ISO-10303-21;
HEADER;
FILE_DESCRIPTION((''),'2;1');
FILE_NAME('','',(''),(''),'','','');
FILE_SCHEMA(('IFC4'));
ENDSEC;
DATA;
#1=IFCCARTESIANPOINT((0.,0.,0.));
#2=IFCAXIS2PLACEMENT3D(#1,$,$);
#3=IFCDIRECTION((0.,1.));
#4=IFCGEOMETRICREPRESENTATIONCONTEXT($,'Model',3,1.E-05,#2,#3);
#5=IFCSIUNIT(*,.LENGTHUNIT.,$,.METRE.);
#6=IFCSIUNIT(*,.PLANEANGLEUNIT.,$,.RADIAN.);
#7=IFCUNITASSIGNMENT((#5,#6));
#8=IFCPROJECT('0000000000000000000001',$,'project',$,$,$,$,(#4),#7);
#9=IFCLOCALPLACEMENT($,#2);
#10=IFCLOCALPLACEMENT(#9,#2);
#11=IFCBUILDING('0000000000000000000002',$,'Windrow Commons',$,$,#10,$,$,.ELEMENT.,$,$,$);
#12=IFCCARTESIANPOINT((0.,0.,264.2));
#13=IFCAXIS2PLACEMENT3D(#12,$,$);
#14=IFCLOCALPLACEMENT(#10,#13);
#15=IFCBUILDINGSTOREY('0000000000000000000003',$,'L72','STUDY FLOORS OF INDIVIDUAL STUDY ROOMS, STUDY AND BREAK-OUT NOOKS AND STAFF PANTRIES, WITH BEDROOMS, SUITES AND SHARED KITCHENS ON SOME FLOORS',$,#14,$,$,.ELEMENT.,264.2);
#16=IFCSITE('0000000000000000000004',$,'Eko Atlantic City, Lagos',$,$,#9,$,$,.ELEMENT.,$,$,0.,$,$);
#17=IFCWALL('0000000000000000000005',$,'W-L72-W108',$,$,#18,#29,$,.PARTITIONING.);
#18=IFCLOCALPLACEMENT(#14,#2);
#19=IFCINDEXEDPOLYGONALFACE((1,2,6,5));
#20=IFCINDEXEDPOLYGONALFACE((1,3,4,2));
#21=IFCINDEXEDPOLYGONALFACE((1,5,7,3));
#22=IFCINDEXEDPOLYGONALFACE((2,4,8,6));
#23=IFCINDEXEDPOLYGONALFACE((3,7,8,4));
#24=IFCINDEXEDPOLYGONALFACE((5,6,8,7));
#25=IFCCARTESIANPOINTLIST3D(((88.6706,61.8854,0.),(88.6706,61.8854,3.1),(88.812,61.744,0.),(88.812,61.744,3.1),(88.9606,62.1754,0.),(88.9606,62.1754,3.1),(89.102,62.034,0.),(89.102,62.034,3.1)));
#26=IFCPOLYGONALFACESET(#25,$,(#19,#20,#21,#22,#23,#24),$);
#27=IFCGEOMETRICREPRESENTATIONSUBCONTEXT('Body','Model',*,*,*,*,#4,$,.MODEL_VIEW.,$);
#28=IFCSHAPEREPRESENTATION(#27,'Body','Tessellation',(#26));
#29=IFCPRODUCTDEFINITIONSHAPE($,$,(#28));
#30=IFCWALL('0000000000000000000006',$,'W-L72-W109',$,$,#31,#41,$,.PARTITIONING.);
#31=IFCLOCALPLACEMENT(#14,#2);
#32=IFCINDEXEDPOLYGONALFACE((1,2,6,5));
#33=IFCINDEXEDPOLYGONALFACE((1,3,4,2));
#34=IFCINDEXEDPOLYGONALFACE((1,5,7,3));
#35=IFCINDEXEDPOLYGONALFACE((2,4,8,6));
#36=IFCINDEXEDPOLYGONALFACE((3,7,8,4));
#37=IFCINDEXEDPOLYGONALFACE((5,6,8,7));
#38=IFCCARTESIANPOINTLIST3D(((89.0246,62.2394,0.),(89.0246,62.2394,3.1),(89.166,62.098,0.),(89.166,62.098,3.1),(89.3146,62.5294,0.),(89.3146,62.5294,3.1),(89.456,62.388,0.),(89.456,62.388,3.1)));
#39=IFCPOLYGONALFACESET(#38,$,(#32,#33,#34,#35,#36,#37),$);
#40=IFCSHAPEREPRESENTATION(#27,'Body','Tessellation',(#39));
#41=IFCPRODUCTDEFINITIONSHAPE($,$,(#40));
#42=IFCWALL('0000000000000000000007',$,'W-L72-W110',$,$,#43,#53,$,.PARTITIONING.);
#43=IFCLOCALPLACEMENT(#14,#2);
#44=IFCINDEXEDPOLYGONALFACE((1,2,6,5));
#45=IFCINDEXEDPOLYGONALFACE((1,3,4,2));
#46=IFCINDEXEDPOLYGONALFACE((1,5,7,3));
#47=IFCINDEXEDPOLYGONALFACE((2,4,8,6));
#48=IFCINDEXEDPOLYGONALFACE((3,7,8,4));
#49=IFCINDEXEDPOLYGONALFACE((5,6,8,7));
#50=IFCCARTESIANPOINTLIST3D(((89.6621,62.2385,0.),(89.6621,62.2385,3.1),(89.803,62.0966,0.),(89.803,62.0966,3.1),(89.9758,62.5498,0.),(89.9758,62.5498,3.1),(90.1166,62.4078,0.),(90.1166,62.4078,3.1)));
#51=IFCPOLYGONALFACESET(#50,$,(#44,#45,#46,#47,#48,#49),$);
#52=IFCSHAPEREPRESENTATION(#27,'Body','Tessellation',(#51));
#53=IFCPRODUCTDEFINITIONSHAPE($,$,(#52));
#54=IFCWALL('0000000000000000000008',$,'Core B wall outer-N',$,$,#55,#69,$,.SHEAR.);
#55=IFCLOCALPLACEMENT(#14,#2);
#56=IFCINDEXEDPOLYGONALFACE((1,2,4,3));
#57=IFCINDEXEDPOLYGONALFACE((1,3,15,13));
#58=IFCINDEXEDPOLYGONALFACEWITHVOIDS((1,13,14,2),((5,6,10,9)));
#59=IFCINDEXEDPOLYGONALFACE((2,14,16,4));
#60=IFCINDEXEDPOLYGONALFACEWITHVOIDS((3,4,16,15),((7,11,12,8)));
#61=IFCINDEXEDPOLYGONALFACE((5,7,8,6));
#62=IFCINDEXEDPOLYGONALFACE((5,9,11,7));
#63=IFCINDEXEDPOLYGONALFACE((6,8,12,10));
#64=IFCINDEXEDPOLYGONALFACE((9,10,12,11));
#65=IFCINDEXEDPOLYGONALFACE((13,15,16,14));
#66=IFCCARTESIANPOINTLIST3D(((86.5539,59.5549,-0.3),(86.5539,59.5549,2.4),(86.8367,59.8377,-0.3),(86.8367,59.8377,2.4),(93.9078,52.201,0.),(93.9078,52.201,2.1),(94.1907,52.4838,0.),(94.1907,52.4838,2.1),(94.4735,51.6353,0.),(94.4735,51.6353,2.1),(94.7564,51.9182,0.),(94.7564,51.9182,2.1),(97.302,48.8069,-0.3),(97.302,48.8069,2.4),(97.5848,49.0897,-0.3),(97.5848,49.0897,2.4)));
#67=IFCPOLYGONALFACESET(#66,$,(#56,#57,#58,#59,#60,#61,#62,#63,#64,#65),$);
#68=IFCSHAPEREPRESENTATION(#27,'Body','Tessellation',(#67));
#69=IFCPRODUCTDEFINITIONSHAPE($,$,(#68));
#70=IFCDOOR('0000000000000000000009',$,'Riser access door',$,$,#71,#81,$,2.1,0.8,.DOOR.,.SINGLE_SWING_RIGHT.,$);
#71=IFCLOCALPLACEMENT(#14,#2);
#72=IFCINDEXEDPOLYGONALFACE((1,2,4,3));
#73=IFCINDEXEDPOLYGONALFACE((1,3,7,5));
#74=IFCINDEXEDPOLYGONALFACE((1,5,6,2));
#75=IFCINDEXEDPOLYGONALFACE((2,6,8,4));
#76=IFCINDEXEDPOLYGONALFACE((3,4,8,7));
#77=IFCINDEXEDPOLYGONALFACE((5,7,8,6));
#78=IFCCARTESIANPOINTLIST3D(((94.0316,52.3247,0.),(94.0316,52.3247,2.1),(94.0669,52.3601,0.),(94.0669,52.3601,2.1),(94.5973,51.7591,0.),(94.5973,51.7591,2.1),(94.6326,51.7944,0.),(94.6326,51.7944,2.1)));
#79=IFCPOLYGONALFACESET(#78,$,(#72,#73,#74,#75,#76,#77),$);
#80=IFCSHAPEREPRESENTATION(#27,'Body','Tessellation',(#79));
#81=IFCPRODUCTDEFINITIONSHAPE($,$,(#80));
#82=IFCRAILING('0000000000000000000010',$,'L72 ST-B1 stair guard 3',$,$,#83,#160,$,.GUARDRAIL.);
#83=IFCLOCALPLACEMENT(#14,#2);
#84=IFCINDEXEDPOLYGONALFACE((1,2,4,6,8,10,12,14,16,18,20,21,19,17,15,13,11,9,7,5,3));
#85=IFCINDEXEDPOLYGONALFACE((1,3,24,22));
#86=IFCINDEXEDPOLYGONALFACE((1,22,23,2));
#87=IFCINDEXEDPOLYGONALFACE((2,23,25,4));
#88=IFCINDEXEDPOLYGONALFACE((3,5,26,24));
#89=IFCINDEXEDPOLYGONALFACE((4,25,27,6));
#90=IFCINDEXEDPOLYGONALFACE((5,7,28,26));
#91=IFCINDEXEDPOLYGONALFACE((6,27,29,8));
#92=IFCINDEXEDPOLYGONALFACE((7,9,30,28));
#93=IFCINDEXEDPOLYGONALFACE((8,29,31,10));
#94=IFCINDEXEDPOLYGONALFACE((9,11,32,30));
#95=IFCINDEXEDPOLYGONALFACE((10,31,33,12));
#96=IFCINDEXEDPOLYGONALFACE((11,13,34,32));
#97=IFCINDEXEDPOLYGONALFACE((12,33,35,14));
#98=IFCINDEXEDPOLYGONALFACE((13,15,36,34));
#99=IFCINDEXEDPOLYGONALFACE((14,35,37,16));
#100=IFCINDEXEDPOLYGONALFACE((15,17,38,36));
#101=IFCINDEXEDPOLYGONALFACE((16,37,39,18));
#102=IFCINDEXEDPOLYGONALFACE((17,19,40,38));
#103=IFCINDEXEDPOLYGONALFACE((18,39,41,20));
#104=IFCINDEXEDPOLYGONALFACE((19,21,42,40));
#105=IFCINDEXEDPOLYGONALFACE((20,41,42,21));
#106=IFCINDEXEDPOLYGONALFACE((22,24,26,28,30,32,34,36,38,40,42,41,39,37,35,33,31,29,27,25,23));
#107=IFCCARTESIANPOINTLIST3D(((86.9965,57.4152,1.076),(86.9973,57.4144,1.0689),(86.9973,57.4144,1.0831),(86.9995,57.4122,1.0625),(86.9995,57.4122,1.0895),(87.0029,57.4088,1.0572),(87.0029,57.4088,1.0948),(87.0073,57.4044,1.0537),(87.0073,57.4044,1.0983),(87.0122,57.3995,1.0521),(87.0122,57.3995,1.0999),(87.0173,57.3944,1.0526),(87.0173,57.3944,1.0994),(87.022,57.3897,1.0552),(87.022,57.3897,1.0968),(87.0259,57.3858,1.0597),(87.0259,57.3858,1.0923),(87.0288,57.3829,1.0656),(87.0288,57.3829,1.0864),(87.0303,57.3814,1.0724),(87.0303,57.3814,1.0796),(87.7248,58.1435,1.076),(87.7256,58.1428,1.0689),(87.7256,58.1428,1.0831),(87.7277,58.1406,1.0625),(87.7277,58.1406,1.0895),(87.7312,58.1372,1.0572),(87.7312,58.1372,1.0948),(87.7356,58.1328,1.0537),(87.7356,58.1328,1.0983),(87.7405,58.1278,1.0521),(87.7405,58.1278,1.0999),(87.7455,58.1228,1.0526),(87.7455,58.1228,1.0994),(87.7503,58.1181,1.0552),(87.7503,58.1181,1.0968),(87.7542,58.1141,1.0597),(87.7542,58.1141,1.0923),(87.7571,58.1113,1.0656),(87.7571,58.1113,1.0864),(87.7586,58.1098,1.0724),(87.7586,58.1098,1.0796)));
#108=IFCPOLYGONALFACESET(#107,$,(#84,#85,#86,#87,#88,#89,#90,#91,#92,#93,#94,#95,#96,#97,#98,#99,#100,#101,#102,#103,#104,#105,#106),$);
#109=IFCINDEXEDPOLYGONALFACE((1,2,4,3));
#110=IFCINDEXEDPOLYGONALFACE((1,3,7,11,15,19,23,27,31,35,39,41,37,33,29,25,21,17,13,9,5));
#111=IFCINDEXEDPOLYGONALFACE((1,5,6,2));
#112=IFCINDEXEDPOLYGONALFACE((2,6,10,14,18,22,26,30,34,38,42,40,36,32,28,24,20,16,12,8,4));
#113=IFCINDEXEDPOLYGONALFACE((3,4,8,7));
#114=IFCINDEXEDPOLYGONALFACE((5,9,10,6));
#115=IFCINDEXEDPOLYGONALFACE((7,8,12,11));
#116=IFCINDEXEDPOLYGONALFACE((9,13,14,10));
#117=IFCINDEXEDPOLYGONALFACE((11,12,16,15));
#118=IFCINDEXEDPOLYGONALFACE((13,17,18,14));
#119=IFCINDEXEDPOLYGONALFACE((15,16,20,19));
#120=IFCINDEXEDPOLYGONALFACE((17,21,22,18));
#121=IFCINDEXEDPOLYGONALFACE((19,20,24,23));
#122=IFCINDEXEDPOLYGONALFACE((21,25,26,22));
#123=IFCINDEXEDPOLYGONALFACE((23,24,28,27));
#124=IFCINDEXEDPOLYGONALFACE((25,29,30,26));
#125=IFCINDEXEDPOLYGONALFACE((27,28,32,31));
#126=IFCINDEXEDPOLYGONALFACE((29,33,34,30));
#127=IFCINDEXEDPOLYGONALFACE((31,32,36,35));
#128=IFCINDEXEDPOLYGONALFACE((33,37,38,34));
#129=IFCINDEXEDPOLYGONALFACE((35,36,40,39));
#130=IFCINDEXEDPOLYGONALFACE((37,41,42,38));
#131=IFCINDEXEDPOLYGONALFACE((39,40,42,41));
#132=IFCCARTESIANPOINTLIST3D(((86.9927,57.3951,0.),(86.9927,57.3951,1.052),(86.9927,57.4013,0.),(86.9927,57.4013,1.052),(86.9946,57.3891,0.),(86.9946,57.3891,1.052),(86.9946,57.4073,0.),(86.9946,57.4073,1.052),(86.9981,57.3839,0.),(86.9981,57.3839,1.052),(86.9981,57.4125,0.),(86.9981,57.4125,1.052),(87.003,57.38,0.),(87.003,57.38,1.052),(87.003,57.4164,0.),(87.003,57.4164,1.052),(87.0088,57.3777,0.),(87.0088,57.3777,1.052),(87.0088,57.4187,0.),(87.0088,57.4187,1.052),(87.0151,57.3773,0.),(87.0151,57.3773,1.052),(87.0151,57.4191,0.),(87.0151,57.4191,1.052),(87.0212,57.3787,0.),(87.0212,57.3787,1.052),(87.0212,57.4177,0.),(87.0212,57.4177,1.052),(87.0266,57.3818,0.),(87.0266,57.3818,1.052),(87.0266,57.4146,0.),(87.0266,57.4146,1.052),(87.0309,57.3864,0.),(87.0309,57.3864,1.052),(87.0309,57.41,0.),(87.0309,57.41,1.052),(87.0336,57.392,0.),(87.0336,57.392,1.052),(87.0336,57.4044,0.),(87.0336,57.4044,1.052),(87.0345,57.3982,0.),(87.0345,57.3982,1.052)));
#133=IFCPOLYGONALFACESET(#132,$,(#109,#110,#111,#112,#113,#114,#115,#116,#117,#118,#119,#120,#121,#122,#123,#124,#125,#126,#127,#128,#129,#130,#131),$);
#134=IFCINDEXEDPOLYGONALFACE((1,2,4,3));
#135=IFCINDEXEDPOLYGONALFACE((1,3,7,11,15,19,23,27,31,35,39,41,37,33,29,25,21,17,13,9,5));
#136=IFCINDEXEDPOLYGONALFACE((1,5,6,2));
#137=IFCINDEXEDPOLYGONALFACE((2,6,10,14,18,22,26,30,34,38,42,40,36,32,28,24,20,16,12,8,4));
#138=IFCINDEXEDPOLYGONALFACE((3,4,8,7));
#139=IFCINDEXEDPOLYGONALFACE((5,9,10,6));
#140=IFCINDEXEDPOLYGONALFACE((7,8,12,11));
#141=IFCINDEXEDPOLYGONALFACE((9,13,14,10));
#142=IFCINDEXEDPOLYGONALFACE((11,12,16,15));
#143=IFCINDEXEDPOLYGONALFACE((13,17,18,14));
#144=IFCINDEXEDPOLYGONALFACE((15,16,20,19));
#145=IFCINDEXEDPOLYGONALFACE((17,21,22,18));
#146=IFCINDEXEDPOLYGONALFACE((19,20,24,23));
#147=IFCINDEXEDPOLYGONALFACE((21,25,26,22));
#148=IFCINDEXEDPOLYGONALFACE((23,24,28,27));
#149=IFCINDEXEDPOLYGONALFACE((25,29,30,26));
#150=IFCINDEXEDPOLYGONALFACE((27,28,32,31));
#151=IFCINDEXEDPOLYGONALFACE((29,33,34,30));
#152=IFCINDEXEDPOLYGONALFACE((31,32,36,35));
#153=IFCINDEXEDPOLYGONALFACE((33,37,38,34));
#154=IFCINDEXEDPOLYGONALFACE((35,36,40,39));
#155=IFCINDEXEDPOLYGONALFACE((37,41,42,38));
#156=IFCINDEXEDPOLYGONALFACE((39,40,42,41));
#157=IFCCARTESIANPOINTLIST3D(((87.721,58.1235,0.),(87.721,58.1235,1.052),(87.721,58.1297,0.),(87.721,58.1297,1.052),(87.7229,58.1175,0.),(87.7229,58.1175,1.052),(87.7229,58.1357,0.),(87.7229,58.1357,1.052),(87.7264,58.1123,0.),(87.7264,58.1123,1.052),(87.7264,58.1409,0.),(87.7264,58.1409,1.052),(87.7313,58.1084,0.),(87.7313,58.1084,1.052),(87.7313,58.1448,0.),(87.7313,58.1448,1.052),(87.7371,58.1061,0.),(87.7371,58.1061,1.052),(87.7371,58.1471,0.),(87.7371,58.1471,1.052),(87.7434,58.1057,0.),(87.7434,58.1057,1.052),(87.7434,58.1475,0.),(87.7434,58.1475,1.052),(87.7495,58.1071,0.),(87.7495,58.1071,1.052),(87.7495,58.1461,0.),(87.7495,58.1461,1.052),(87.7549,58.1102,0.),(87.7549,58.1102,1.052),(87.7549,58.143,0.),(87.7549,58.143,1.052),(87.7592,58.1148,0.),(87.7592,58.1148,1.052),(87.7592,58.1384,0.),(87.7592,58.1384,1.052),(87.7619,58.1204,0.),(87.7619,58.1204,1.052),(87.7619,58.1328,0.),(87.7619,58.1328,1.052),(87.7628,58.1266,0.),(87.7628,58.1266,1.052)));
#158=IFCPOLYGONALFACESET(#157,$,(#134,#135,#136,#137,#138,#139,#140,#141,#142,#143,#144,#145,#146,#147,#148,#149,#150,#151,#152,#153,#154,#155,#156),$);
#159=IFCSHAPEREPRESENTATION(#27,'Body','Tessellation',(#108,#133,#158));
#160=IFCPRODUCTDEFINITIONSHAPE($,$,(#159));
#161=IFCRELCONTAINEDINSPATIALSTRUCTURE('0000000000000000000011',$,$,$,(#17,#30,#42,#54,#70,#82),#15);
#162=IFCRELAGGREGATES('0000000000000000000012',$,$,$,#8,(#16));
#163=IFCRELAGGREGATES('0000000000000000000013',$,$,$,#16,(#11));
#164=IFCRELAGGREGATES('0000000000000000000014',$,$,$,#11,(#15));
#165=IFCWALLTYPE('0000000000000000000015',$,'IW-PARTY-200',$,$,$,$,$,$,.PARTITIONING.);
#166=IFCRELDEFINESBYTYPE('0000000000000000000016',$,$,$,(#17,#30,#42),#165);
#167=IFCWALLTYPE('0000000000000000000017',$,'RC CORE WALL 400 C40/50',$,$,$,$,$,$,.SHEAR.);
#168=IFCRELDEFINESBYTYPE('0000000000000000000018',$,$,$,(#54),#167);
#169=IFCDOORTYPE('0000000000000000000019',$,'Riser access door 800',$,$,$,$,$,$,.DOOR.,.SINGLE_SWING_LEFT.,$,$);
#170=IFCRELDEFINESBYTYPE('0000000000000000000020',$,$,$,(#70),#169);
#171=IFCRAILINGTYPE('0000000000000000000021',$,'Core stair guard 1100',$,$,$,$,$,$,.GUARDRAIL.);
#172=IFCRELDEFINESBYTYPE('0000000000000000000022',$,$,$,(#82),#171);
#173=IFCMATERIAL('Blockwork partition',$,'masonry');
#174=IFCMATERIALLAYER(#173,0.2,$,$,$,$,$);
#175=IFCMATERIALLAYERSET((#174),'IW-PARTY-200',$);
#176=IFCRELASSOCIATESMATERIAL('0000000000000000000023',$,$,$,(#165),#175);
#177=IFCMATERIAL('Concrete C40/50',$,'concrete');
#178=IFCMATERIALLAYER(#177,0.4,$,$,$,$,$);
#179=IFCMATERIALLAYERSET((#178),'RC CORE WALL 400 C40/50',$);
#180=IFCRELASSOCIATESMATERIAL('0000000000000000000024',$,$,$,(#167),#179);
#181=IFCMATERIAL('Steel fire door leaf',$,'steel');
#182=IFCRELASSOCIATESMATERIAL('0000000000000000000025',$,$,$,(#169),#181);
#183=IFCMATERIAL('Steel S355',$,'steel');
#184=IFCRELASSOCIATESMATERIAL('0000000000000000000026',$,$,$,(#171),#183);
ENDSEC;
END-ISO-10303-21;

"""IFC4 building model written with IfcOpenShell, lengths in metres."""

from ifc_helpers import new_model, si_unit, direction, frame, frame_2d, origin, origin_2d, place, context, subcontext, project, spatial, rectangle, circle, extrude, material, layer, layer_set, type_object, element, fill, save


model = new_model("IFC4")

# Units and contexts
model_context = context("Model", 3, precision=1e-05, world=origin(), true_north=direction((0.0, 1.0)))
body_context = subcontext(model_context, "Body", "Model", "MODEL_VIEW")
ifc_project = project(units=[si_unit("LENGTHUNIT", "METRE"), si_unit("PLANEANGLEUNIT", "RADIAN")], contexts=[model_context])

# Site, building, storey
site_placement = place(None, origin())
site = spatial("IfcSite", under=ifc_project, at=site_placement, Name="Eko Atlantic City, Lagos", CompositionType="ELEMENT", RefElevation=0.0)
building_placement = place(site_placement, origin())
building = spatial("IfcBuilding", under=site, at=building_placement, Name="Windrow Commons", CompositionType="ELEMENT")
storey_placement = place(building_placement, frame((0.0, 0.0, 264.2)))
storey = spatial("IfcBuildingStorey", under=building, at=storey_placement, Name="L72", Description="STUDY FLOORS OF INDIVIDUAL STUDY ROOMS, STUDY AND BREAK-OUT NOOKS AND STAFF PANTRIES, WITH BEDROOMS, SUITES AND SHARED KITCHENS ON SOME FLOORS", CompositionType="ELEMENT", Elevation=264.2)

# Walls
ifc_material_1 = material(Name="Blockwork partition", Category="masonry")
ifc_layer_1 = layer(ifc_material_1, 0.2)
ifc_layer_set_1 = layer_set([ifc_layer_1], Name="IW-PARTY-200")
wall_type_1 = type_object("IfcWallType", Name="IW-PARTY-200", PredefinedType="PARTITIONING", material=ifc_layer_set_1)
for number, where, z_axis, x_axis, name in (
    (1, (88.7413, 61.8147, 0.0), (0.0, 0.0, 1.0), (0.707107, 0.707107, 0.0), "W-L72-W108"),
    (2, (89.0953, 62.1687, 0.0), (0.0, 0.0, 1.0), (0.707107, 0.707107, 0.0), "W-L72-W109"),
):
    element("IfcWall", number, at=place(storey_placement, frame(where, z_axis=z_axis, x_axis=x_axis)), inside=storey, type_object=wall_type_1, Name=name, PredefinedType="PARTITIONING", context=body_context, shape_type="SweptSolid", body=[
        extrude(rectangle(XDim=0.4101, YDim=0.2, at=frame_2d((0.2051, 0.0))), origin(), (0.0, 0.0, 1.0), 3.1),
    ])
wall_1_placement = place(storey_placement, frame((89.7325, 62.1675, 0.0), z_axis=(0.0, 0.0, 1.0), x_axis=(0.709817, 0.704386, 0.0)))
element("IfcWall", 3, at=wall_1_placement, inside=storey, type_object=wall_type_1, Name="W-L72-W110", PredefinedType="PARTITIONING", context=body_context, shape_type="SweptSolid", body=[
    extrude(rectangle(XDim=0.4419, YDim=0.2, at=frame_2d((0.221, 0.0))), origin(), (0.0, 0.0, 1.0), 3.1),
])

# Wall, opening, door
ifc_material_2 = material(Name="Concrete C40/50", Category="concrete")
ifc_layer_2 = layer(ifc_material_2, 0.4)
ifc_layer_set_2 = layer_set([ifc_layer_2], Name="RC CORE WALL 400 C40/50")
wall_type_2 = type_object("IfcWallType", Name="RC CORE WALL 400 C40/50", PredefinedType="SHEAR", material=ifc_layer_set_2)
wall_2_placement = place(storey_placement, frame((86.6953, 59.6963, -0.3), z_axis=(0.0, 0.0, 1.0), x_axis=(0.70711, -0.707103, 0.0)))
wall_2 = element("IfcWall", 4, at=wall_2_placement, inside=storey, type_object=wall_type_2, Name="Core B wall outer-N", PredefinedType="SHEAR", context=body_context, shape_type="SweptSolid", body=[
    extrude(rectangle(XDim=15.2, YDim=0.4, at=frame_2d((7.6, 0.0))), origin(), (0.0, 0.0, 1.0), 2.7),
])
opening_1_placement = place(wall_2_placement, frame((10.4, 0.0, 0.3)))
opening_1 = element("IfcOpeningElement", 5, at=opening_1_placement, cuts=wall_2, PredefinedType="OPENING", context=body_context, shape_type="SweptSolid", body=[
    extrude(rectangle(XDim=0.8, YDim=2.1, at=frame_2d((0.4, 1.05))), frame((0.0, 0.21, 0.0), z_axis=(0.0, -1.0, 0.0), x_axis=(1.0, 0.0, 0.0)), (0.0, 0.0, 1.0), 0.42),
])
ifc_material_3 = material(Name="Steel fire door leaf", Category="steel")
door_type_1 = type_object("IfcDoorType", Name="Riser access door 800", OperationType="SINGLE_SWING_LEFT", PredefinedType="DOOR", material=ifc_material_3)
door_1_placement = place(opening_1_placement, origin())
door_1 = element("IfcDoor", 6, at=door_1_placement, inside=storey, type_object=door_type_1, Name="Riser access door", OperationType="SINGLE_SWING_RIGHT", OverallHeight=2.1, OverallWidth=0.8, PredefinedType="DOOR", context=body_context, shape_type="SweptSolid", body=[
    extrude(rectangle(XDim=0.8, YDim=2.1, at=frame_2d((0.4, 1.05))), frame((0.0, 0.025, 0.0), z_axis=(0.0, -1.0, 0.0), x_axis=(1.0, 0.0, 0.0)), (0.0, 0.0, 1.0), 0.05),
])
fill(opening_1, door_1)

# Railing
ifc_material_4 = material(Name="Steel S355", Category="steel")
railing_type = type_object("IfcRailingType", Name="Core stair guard 1100", PredefinedType="GUARDRAIL", material=ifc_material_4)
railing_placement = place(storey_placement, frame((87.0135, 57.3982, 0.0)))
element("IfcRailing", 7, at=railing_placement, inside=storey, type_object=railing_type, Name="L72 ST-B1 stair guard 3", PredefinedType="GUARDRAIL", context=body_context, shape_type="SweptSolid", body=[
    extrude(circle(Radius=0.024, at=origin_2d()), frame((0.0, 0.0, 1.076), z_axis=(0.707058, 0.707155, 0.0), x_axis=(-0.707155, 0.707058, 0.0)), (0.0, 0.0, 1.0), 1.03),
    extrude(circle(Radius=0.021, at=origin_2d()), origin(), (0.0, 0.0, 1.0), 1.052),
    extrude(circle(Radius=0.021, at=origin_2d()), frame((0.7283, 0.7284, 0.0)), (0.0, 0.0, 1.0), 1.052),
])

save(model, "model.ifc")
